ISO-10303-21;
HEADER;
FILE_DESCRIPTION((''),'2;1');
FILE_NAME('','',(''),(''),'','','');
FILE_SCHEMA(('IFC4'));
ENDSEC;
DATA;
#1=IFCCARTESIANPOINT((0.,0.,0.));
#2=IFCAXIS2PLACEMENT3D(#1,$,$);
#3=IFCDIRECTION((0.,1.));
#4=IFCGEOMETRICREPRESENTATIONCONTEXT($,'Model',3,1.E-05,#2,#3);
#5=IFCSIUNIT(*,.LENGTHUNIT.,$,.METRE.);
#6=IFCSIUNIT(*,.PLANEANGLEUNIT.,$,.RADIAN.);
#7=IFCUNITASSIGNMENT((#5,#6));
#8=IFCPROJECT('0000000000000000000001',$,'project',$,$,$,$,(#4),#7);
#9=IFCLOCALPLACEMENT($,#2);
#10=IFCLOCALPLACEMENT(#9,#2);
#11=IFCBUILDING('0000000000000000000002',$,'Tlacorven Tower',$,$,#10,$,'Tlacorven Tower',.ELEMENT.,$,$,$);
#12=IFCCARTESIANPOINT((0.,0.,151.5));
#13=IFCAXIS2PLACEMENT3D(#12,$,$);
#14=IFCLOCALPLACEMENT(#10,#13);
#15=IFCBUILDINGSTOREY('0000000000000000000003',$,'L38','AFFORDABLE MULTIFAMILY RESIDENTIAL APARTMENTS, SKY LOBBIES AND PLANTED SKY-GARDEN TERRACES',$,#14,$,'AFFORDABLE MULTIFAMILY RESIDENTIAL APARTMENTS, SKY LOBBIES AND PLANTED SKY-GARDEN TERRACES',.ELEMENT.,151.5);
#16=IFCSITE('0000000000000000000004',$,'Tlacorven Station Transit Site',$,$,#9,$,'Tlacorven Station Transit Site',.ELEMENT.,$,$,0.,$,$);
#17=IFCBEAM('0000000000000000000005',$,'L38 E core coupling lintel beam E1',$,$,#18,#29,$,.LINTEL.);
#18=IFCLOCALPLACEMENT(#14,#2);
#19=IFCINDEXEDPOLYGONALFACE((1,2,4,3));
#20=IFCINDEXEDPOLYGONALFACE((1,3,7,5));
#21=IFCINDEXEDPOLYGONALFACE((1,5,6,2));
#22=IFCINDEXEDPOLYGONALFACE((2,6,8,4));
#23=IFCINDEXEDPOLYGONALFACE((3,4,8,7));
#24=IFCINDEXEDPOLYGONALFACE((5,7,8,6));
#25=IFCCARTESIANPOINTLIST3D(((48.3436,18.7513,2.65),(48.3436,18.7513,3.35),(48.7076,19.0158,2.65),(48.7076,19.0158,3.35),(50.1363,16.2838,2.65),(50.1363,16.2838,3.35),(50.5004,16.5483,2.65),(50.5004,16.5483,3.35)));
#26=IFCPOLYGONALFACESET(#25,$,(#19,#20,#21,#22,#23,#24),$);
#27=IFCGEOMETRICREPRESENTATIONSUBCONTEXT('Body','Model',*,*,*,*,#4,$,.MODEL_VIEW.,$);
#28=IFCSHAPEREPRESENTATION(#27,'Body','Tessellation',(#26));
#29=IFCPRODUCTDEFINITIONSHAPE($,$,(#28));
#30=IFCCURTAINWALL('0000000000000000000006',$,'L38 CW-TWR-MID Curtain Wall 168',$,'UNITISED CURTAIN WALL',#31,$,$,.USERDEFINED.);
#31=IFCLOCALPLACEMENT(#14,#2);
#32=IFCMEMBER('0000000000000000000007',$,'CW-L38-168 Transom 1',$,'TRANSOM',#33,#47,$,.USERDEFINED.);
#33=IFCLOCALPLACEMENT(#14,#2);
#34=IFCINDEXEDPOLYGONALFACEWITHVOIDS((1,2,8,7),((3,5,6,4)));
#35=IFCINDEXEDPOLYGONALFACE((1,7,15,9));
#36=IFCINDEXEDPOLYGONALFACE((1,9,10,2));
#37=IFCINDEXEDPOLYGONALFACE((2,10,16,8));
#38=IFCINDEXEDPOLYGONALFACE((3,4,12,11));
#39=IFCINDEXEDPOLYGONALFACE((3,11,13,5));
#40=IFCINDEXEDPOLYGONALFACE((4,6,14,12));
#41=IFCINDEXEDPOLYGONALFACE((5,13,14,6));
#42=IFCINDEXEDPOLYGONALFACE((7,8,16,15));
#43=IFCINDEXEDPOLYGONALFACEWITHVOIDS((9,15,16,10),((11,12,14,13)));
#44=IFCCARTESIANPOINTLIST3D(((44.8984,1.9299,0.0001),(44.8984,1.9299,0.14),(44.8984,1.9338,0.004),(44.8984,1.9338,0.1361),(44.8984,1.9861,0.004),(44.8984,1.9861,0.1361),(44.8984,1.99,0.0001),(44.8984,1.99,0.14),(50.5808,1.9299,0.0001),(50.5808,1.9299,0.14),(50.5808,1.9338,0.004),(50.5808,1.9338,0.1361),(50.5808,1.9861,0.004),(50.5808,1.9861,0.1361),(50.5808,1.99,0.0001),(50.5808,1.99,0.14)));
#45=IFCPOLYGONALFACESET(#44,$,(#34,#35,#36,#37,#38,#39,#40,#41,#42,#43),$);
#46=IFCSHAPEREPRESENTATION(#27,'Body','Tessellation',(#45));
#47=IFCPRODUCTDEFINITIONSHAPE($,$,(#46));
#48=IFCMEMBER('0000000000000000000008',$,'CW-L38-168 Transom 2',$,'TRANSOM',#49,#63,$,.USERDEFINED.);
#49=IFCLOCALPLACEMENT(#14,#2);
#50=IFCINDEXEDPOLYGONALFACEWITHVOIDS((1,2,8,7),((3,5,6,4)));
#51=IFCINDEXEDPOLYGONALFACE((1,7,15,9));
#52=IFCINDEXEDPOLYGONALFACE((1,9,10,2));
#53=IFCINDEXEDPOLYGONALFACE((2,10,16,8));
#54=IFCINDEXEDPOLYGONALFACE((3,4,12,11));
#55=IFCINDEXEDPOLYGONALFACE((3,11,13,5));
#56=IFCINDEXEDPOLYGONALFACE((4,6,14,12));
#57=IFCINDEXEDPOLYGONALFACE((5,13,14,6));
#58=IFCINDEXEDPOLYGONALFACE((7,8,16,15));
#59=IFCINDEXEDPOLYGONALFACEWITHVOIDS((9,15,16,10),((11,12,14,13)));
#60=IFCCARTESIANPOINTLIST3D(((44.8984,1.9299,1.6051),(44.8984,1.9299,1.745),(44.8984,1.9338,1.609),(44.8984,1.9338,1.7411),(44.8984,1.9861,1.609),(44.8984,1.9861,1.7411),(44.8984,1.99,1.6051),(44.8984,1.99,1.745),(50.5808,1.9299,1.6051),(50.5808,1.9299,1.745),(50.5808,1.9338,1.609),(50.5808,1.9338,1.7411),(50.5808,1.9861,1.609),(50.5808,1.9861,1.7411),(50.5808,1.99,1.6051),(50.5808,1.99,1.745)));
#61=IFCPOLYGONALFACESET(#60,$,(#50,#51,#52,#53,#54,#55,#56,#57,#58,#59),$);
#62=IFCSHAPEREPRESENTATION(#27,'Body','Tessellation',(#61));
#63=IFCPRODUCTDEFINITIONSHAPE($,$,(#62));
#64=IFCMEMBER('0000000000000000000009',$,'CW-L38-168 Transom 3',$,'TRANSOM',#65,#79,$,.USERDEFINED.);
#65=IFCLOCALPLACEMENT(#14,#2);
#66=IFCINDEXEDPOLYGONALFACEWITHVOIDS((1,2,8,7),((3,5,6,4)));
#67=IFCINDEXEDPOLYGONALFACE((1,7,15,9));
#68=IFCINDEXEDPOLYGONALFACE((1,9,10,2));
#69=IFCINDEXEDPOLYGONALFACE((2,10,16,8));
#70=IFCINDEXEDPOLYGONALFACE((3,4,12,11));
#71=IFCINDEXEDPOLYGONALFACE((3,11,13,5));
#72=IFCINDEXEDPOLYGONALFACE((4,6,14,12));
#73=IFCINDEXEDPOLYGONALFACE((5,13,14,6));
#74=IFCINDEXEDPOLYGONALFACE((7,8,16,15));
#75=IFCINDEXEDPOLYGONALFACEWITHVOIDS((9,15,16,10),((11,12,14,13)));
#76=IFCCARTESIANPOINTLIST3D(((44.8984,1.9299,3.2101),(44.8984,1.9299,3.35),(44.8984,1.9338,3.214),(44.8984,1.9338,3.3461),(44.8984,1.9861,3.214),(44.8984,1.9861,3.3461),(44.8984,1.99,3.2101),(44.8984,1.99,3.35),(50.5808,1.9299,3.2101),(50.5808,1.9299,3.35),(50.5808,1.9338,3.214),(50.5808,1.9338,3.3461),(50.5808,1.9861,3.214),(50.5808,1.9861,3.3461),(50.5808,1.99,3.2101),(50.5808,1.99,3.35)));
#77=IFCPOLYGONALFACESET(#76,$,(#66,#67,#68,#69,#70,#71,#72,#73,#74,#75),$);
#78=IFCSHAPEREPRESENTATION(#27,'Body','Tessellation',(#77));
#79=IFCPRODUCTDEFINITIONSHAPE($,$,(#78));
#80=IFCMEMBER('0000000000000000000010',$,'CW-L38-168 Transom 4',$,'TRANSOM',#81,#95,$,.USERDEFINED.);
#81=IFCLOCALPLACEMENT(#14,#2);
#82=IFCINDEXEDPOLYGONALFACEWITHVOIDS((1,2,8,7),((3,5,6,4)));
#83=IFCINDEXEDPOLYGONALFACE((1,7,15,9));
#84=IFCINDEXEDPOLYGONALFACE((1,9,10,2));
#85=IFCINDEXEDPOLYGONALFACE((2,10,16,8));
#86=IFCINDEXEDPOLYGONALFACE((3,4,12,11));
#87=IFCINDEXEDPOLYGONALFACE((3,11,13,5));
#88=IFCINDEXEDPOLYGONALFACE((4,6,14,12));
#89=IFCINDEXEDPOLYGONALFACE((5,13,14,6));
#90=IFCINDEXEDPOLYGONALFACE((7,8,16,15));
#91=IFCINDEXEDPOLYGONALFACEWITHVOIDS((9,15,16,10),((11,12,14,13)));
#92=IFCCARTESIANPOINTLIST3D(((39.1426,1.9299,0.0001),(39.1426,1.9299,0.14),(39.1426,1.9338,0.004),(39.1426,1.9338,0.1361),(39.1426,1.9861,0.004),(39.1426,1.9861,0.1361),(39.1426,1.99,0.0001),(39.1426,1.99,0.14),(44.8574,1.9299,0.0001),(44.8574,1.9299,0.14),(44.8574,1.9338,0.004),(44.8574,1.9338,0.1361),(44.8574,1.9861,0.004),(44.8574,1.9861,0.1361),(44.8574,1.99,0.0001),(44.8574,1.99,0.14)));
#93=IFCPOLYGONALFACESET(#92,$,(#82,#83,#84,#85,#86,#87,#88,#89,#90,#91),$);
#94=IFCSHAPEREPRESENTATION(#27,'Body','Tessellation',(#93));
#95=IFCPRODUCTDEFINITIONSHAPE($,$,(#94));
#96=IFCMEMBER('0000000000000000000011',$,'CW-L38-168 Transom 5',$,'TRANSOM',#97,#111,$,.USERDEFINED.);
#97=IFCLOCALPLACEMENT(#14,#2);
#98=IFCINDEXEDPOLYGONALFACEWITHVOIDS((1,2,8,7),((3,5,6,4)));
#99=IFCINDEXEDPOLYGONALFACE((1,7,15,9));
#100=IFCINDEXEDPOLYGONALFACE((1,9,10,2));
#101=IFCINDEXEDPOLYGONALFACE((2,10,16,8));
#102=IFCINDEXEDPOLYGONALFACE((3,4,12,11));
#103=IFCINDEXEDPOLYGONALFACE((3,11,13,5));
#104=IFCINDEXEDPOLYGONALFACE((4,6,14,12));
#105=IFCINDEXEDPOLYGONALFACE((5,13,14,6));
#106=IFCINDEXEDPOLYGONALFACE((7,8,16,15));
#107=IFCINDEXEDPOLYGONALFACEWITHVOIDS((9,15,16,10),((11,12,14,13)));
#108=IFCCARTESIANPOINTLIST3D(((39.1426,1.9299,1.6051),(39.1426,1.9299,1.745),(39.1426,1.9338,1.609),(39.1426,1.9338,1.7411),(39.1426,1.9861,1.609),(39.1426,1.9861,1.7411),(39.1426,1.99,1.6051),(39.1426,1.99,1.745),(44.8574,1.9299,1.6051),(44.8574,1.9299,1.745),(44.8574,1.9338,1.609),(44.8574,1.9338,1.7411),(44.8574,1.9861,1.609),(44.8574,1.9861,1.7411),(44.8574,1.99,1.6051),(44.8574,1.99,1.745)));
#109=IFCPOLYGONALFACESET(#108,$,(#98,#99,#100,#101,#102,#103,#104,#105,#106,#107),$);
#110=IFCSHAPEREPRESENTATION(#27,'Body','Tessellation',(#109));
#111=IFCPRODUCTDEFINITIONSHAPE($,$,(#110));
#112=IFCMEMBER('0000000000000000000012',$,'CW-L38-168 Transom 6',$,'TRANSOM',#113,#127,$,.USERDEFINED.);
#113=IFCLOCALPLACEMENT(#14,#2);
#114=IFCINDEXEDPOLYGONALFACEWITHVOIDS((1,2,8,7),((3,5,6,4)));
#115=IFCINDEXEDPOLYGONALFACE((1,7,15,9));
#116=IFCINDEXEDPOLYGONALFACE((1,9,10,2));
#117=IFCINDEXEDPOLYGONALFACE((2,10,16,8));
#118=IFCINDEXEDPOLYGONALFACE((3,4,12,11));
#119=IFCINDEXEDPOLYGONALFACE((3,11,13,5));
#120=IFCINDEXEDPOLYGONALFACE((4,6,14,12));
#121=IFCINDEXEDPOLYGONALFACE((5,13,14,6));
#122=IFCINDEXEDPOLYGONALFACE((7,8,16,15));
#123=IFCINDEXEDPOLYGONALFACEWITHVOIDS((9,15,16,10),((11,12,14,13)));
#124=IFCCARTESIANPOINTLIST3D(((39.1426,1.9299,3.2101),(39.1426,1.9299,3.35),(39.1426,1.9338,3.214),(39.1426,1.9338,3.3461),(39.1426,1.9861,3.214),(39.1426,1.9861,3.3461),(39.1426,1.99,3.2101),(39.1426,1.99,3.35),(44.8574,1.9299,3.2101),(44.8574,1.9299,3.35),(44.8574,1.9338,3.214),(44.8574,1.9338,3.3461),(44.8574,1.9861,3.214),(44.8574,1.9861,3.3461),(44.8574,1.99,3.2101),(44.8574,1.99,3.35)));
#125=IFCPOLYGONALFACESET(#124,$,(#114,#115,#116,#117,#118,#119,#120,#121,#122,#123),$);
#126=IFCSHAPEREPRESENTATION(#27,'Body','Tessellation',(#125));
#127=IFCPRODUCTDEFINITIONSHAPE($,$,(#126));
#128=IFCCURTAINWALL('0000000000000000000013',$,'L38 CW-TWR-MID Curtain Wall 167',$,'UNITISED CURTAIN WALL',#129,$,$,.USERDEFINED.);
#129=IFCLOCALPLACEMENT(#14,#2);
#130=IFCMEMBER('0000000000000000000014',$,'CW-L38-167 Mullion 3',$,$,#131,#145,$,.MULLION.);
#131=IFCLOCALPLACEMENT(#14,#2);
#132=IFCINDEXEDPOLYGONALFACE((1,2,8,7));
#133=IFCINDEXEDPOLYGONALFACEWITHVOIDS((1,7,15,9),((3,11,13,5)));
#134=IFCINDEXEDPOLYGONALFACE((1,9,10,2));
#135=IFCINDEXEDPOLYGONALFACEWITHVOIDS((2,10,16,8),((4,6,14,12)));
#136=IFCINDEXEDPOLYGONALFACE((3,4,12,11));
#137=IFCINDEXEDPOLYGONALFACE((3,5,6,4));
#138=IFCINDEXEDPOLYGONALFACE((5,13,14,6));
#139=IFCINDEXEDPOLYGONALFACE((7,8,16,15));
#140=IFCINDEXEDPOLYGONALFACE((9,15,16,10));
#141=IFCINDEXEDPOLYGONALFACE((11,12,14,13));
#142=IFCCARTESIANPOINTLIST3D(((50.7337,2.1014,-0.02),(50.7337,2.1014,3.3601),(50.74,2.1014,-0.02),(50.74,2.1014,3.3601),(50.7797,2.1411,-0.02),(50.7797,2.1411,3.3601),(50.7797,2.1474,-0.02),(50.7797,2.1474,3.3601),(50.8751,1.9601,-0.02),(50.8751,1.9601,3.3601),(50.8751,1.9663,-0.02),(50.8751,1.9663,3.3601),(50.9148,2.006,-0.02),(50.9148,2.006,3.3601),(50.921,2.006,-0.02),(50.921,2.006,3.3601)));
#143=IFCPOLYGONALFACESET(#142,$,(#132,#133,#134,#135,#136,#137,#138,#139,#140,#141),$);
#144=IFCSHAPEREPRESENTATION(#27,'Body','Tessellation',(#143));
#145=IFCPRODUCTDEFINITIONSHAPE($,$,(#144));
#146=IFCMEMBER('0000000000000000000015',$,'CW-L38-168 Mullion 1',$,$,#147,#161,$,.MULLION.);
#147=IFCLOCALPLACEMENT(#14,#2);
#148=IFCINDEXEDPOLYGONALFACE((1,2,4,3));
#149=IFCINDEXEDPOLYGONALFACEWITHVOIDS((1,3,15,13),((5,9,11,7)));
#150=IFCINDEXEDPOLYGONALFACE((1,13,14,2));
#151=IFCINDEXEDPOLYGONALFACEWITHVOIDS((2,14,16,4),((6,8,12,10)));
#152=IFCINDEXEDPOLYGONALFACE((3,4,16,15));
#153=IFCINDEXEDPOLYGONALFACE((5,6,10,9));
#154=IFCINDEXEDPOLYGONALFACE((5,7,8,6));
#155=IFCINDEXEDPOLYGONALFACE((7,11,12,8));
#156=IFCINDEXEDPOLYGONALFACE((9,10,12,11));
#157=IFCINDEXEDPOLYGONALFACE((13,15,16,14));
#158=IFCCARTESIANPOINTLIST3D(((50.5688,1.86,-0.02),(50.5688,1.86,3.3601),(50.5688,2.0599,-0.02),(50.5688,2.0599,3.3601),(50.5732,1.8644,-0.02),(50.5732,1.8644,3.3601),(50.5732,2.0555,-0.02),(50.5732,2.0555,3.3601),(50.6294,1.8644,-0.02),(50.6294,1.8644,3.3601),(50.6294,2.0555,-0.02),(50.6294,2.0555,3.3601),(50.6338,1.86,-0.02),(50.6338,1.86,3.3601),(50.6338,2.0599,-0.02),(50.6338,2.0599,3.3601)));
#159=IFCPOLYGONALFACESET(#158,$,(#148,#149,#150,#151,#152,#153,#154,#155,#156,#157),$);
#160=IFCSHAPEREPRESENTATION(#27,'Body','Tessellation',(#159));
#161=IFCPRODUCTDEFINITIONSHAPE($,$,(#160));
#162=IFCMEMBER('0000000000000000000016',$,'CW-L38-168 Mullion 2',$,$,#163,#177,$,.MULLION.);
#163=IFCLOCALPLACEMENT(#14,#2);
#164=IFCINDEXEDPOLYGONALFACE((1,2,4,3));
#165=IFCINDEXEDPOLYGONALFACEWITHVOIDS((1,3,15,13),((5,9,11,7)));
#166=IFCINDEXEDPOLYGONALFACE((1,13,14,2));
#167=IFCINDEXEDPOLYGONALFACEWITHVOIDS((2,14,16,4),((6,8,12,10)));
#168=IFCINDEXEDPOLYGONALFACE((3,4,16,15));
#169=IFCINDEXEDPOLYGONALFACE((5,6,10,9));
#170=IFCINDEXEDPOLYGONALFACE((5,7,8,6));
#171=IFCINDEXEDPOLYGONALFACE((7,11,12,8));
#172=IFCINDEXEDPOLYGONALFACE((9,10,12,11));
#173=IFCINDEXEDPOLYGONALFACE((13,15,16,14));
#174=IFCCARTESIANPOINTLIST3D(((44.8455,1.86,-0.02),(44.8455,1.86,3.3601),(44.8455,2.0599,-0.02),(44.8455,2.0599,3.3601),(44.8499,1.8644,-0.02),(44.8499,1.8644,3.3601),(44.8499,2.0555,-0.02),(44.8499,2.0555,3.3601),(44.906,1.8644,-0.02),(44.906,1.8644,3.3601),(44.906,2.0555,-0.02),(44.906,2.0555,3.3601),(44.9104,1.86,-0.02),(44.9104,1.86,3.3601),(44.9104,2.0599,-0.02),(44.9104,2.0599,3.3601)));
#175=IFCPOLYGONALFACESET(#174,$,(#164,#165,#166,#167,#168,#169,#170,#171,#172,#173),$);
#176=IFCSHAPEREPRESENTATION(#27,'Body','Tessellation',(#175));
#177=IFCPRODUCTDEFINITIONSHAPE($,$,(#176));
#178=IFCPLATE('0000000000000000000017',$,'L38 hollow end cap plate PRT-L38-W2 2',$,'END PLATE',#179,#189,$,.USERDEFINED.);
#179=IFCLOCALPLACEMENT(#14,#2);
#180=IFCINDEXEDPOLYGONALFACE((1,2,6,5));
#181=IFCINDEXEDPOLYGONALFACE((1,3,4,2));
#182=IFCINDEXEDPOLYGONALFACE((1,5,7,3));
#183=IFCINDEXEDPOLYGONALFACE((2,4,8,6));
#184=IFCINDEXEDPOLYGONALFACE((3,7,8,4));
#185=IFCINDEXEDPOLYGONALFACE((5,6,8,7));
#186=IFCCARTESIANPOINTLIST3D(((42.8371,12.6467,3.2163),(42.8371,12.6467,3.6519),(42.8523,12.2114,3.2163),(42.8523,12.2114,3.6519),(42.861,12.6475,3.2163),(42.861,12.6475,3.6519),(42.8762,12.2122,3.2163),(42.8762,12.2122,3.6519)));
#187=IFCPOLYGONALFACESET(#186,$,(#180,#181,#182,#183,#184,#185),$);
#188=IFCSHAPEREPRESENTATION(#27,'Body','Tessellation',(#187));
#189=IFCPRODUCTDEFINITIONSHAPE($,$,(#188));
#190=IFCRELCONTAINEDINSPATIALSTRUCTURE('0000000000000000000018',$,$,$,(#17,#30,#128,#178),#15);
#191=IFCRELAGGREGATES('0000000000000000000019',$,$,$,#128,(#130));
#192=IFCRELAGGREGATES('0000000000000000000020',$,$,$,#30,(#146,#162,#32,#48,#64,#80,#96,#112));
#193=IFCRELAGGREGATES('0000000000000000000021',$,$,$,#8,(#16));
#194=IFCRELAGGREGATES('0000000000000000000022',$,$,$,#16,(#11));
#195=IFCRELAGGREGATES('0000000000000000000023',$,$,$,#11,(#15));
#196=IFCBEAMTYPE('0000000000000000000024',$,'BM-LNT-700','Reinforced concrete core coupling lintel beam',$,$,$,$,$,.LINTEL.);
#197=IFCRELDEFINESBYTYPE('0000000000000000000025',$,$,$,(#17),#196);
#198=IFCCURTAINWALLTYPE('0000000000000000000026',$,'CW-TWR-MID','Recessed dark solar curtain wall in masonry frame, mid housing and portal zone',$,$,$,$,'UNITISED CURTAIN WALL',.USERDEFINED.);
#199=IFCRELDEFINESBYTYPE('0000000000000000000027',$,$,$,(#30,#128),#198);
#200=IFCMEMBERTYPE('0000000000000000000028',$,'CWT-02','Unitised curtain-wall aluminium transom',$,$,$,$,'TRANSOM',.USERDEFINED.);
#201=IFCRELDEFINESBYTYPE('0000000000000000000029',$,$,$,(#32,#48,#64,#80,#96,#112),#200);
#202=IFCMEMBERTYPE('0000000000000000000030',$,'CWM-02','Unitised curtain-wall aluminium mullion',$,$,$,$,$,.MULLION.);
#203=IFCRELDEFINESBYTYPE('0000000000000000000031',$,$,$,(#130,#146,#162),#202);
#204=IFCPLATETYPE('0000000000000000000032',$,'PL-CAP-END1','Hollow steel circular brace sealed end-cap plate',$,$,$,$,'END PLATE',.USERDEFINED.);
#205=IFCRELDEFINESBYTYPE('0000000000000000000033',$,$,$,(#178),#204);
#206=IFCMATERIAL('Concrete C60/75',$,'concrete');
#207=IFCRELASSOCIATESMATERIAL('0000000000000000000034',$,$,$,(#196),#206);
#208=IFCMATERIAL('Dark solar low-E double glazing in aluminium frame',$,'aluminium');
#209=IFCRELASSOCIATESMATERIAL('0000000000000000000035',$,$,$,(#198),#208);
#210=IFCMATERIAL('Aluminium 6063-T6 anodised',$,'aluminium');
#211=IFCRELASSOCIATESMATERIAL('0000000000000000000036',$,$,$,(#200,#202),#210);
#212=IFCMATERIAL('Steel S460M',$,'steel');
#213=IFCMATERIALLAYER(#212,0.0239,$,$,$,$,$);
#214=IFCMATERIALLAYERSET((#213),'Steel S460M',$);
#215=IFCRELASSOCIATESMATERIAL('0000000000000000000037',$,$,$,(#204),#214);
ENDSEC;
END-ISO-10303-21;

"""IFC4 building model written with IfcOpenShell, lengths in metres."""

from ifc_helpers import new_model, si_unit, direction, frame, origin, origin_2d, place, context, subcontext, project, spatial, rectangle, hollow_rectangle, extrude, source, transform, mapped, material, layer, layer_set, material_profile, profile_set, type_object, element, aggregate, save


model = new_model("IFC4")

# Units and contexts
model_context = context("Model", 3, precision=1e-05, world=origin(), true_north=direction((0.0, 1.0)))
body_context = subcontext(model_context, "Body", "Model", "MODEL_VIEW")
ifc_project = project(units=[si_unit("LENGTHUNIT", "METRE"), si_unit("PLANEANGLEUNIT", "RADIAN")], contexts=[model_context])

# Site, building, storey
site_placement = place(None, origin())
site = spatial("IfcSite", under=ifc_project, at=site_placement, Name="Tlacorven Station Transit Site", LongName="Tlacorven Station Transit Site", CompositionType="ELEMENT", RefElevation=0.0)
building_placement = place(site_placement, origin())
building = spatial("IfcBuilding", under=site, at=building_placement, Name="Tlacorven Tower", LongName="Tlacorven Tower", CompositionType="ELEMENT")
storey_placement = place(building_placement, frame((0.0, 0.0, 151.5)))
storey = spatial("IfcBuildingStorey", under=building, at=storey_placement, Name="L38", Description="AFFORDABLE MULTIFAMILY RESIDENTIAL APARTMENTS, SKY LOBBIES AND PLANTED SKY-GARDEN TERRACES", LongName="AFFORDABLE MULTIFAMILY RESIDENTIAL APARTMENTS, SKY LOBBIES AND PLANTED SKY-GARDEN TERRACES", CompositionType="ELEMENT", Elevation=151.5)

# Beam
ifc_material_1 = material(Name="Concrete C60/75", Category="concrete")
ifc_material_profile_1 = material_profile(ifc_material_1, rectangle(XDim=0.45, YDim=0.7, at=origin_2d()), Name="RC 450X700")
ifc_profile_set_1 = profile_set([ifc_material_profile_1], Name="Concrete C60/75")
beam_type = type_object("IfcBeamType", Name="BM-LNT-700", Description="Reinforced concrete core coupling lintel beam", PredefinedType="LINTEL", material=ifc_profile_set_1)
shared_shape_1 = source(origin(), body_context, "Body", "SweptSolid", [
    extrude(rectangle(XDim=0.45, YDim=0.7, at=origin_2d()), origin(), (0.0, 0.0, 1.0), 3.05),
])
beam_placement = place(storey_placement, frame((50.3184, 16.416, 3.0), z_axis=(-0.587777, 0.809023, 0.0), x_axis=(-0.809023, -0.587777, 0.0)))
element("IfcBeam", 1, at=beam_placement, inside=storey, type_object=beam_type, Name="L38 E core coupling lintel beam E1", PredefinedType="LINTEL", context=body_context, shape_type="MappedRepresentation", body=[
    mapped(shared_shape_1, transform((0.0, 0.0, 0.0), scale=1.0)),
])

# Curtain wall, members
ifc_material_2 = material(Name="Dark solar low-E double glazing in aluminium frame", Category="aluminium")
curtain_wall_type = type_object("IfcCurtainWallType", Name="CW-TWR-MID", Description="Recessed dark solar curtain wall in masonry frame, mid housing and portal zone", ElementType="UNITISED CURTAIN WALL", PredefinedType="USERDEFINED", material=ifc_material_2)
curtain_wall_1_placement = place(storey_placement, origin())
curtain_wall_1 = element("IfcCurtainWall", 2, at=curtain_wall_1_placement, inside=storey, type_object=curtain_wall_type, Name="L38 CW-TWR-MID Curtain Wall 168", ObjectType="UNITISED CURTAIN WALL", PredefinedType="USERDEFINED")
ifc_material_3 = material(Name="Aluminium 6063-T6 anodised", Category="aluminium")
ifc_material_profile_2 = material_profile(ifc_material_3, hollow_rectangle(XDim=0.0601, YDim=0.1399, WallThickness=0.0039, at=origin_2d()), Name="ALU TRANSOM 60X140")
ifc_profile_set_2 = profile_set([ifc_material_profile_2], Name="Aluminium 6063-T6 anodised")
member_type_1 = type_object("IfcMemberType", Name="CWT-02", Description="Unitised curtain-wall aluminium transom", ElementType="TRANSOM", PredefinedType="USERDEFINED", material=ifc_profile_set_2)
shared_shape_2 = source(origin(), body_context, "Body", "SweptSolid", [
    extrude(hollow_rectangle(XDim=0.0601, YDim=0.1399, WallThickness=0.0039, at=origin_2d()), origin(), (0.0, 0.0, 1.0), 5.6824),
])
member_1_placement = place(storey_placement, frame((50.5808, 1.96, 0.0701), z_axis=(-1.0, 0.0, 0.0), x_axis=(0.0, -1.0, 0.0)))
member_1 = element("IfcMember", 3, at=member_1_placement, type_object=member_type_1, Name="CW-L38-168 Transom 1", ObjectType="TRANSOM", PredefinedType="USERDEFINED", context=body_context, shape_type="MappedRepresentation", body=[
    mapped(shared_shape_2, transform((0.0, 0.0, 0.0), scale=1.0)),
])
member_2_placement = place(storey_placement, frame((50.5808, 1.96, 1.675), z_axis=(-1.0, 0.0, 0.0), x_axis=(0.0, -1.0, 0.0)))
member_2 = element("IfcMember", 4, at=member_2_placement, type_object=member_type_1, Name="CW-L38-168 Transom 2", ObjectType="TRANSOM", PredefinedType="USERDEFINED", context=body_context, shape_type="MappedRepresentation", body=[
    mapped(shared_shape_2, transform((0.0, 0.0, 0.0), scale=1.0)),
])
member_3_placement = place(storey_placement, frame((50.5808, 1.96, 3.28), z_axis=(-1.0, 0.0, 0.0), x_axis=(0.0, -1.0, 0.0)))
member_3 = element("IfcMember", 5, at=member_3_placement, type_object=member_type_1, Name="CW-L38-168 Transom 3", ObjectType="TRANSOM", PredefinedType="USERDEFINED", context=body_context, shape_type="MappedRepresentation", body=[
    mapped(shared_shape_2, transform((0.0, 0.0, 0.0), scale=1.0)),
])
shared_shape_3 = source(origin(), body_context, "Body", "SweptSolid", [
    extrude(hollow_rectangle(XDim=0.0601, YDim=0.1399, WallThickness=0.0039, at=origin_2d()), origin(), (0.0, 0.0, 1.0), 5.7148),
])
member_4_placement = place(storey_placement, frame((44.8574, 1.96, 0.0701), z_axis=(-1.0, 0.0, 0.0), x_axis=(0.0, -1.0, 0.0)))
member_4 = element("IfcMember", 6, at=member_4_placement, type_object=member_type_1, Name="CW-L38-168 Transom 4", ObjectType="TRANSOM", PredefinedType="USERDEFINED", context=body_context, shape_type="MappedRepresentation", body=[
    mapped(shared_shape_3, transform((0.0, 0.0, 0.0), scale=1.0)),
])
member_5_placement = place(storey_placement, frame((44.8574, 1.96, 1.675), z_axis=(-1.0, 0.0, 0.0), x_axis=(0.0, -1.0, 0.0)))
member_5 = element("IfcMember", 7, at=member_5_placement, type_object=member_type_1, Name="CW-L38-168 Transom 5", ObjectType="TRANSOM", PredefinedType="USERDEFINED", context=body_context, shape_type="MappedRepresentation", body=[
    mapped(shared_shape_3, transform((0.0, 0.0, 0.0), scale=1.0)),
])
member_6_placement = place(storey_placement, frame((44.8574, 1.96, 3.28), z_axis=(-1.0, 0.0, 0.0), x_axis=(0.0, -1.0, 0.0)))
member_6 = element("IfcMember", 8, at=member_6_placement, type_object=member_type_1, Name="CW-L38-168 Transom 6", ObjectType="TRANSOM", PredefinedType="USERDEFINED", context=body_context, shape_type="MappedRepresentation", body=[
    mapped(shared_shape_3, transform((0.0, 0.0, 0.0), scale=1.0)),
])

# Curtain wall, member
curtain_wall_2_placement = place(storey_placement, origin())
curtain_wall_2 = element("IfcCurtainWall", 9, at=curtain_wall_2_placement, inside=storey, type_object=curtain_wall_type, Name="L38 CW-TWR-MID Curtain Wall 167", ObjectType="UNITISED CURTAIN WALL", PredefinedType="USERDEFINED")
ifc_material_profile_3 = material_profile(ifc_material_3, hollow_rectangle(XDim=0.0649, YDim=0.2, WallThickness=0.0044, at=origin_2d()), Name="ALU MULLION 65X200")
ifc_profile_set_3 = profile_set([ifc_material_profile_3], Name="Aluminium 6063-T6 anodised")
member_type_2 = type_object("IfcMemberType", Name="CWM-02", Description="Unitised curtain-wall aluminium mullion", PredefinedType="MULLION", material=ifc_profile_set_3)
shared_shape_4 = source(origin(), body_context, "Body", "SweptSolid", [
    extrude(hollow_rectangle(XDim=0.0649, YDim=0.2, WallThickness=0.0044, at=origin_2d()), origin(), (0.0, 0.0, 1.0), 3.3801),
])
member_7_placement = place(storey_placement, frame((50.8274, 2.0537, -0.02), z_axis=(0.0, 0.0, 1.0), x_axis=(-0.707107, -0.707107, 0.0)))
member_7 = element("IfcMember", 10, at=member_7_placement, type_object=member_type_2, Name="CW-L38-167 Mullion 3", PredefinedType="MULLION", context=body_context, shape_type="MappedRepresentation", body=[
    mapped(shared_shape_4, transform((0.0, 0.0, 0.0), scale=1.0)),
])

# Members
member_8_placement = place(storey_placement, frame((50.6013, 1.96, -0.02), z_axis=(0.0, 0.0, 1.0), x_axis=(-1.0, 0.0, 0.0)))
member_8 = element("IfcMember", 11, at=member_8_placement, type_object=member_type_2, Name="CW-L38-168 Mullion 1", PredefinedType="MULLION", context=body_context, shape_type="MappedRepresentation", body=[
    mapped(shared_shape_4, transform((0.0, 0.0, 0.0), scale=1.0)),
])
member_9_placement = place(storey_placement, frame((44.8779, 1.96, -0.02), z_axis=(0.0, 0.0, 1.0), x_axis=(-1.0, 0.0, 0.0)))
member_9 = element("IfcMember", 12, at=member_9_placement, type_object=member_type_2, Name="CW-L38-168 Mullion 2", PredefinedType="MULLION", context=body_context, shape_type="MappedRepresentation", body=[
    mapped(shared_shape_4, transform((0.0, 0.0, 0.0), scale=1.0)),
])

# Plate
ifc_material_4 = material(Name="Steel S460M", Category="steel")
ifc_layer_1 = layer(ifc_material_4, 0.0239)
ifc_layer_set_1 = layer_set([ifc_layer_1], Name="Steel S460M")
plate_type_1 = type_object("IfcPlateType", Name="PL-CAP-END1", Description="Hollow steel circular brace sealed end-cap plate", ElementType="END PLATE", PredefinedType="USERDEFINED", material=ifc_layer_set_1)
shared_shape_5 = source(origin(), body_context, "Body", "SweptSolid", [
    extrude(rectangle(XDim=0.0239, YDim=0.4355, at=origin_2d()), origin(), (0.0, 0.0, 1.0), 0.4355),
])
for number, where, z_axis, x_axis, name in (
    (13, (42.8567, 12.4294, 3.2163), (0.0, 0.0, 1.0), (0.999391, 0.0349, 0.0), "L38 hollow end cap plate PRT-L38-W2 2"),
):
    element("IfcPlate", number, at=place(storey_placement, frame(where, z_axis=z_axis, x_axis=x_axis)), inside=storey, type_object=plate_type_1, Name=name, ObjectType="END PLATE", PredefinedType="USERDEFINED", context=body_context, shape_type="MappedRepresentation", body=[
        mapped(shared_shape_5, transform((0.0, 0.0, 0.0), scale=1.0)),
    ])

aggregate(curtain_wall_2, [member_7])
aggregate(curtain_wall_1, [member_8, member_9, member_1, member_2, member_3, member_4, member_5, member_6])

save(model, "model.ifc")
